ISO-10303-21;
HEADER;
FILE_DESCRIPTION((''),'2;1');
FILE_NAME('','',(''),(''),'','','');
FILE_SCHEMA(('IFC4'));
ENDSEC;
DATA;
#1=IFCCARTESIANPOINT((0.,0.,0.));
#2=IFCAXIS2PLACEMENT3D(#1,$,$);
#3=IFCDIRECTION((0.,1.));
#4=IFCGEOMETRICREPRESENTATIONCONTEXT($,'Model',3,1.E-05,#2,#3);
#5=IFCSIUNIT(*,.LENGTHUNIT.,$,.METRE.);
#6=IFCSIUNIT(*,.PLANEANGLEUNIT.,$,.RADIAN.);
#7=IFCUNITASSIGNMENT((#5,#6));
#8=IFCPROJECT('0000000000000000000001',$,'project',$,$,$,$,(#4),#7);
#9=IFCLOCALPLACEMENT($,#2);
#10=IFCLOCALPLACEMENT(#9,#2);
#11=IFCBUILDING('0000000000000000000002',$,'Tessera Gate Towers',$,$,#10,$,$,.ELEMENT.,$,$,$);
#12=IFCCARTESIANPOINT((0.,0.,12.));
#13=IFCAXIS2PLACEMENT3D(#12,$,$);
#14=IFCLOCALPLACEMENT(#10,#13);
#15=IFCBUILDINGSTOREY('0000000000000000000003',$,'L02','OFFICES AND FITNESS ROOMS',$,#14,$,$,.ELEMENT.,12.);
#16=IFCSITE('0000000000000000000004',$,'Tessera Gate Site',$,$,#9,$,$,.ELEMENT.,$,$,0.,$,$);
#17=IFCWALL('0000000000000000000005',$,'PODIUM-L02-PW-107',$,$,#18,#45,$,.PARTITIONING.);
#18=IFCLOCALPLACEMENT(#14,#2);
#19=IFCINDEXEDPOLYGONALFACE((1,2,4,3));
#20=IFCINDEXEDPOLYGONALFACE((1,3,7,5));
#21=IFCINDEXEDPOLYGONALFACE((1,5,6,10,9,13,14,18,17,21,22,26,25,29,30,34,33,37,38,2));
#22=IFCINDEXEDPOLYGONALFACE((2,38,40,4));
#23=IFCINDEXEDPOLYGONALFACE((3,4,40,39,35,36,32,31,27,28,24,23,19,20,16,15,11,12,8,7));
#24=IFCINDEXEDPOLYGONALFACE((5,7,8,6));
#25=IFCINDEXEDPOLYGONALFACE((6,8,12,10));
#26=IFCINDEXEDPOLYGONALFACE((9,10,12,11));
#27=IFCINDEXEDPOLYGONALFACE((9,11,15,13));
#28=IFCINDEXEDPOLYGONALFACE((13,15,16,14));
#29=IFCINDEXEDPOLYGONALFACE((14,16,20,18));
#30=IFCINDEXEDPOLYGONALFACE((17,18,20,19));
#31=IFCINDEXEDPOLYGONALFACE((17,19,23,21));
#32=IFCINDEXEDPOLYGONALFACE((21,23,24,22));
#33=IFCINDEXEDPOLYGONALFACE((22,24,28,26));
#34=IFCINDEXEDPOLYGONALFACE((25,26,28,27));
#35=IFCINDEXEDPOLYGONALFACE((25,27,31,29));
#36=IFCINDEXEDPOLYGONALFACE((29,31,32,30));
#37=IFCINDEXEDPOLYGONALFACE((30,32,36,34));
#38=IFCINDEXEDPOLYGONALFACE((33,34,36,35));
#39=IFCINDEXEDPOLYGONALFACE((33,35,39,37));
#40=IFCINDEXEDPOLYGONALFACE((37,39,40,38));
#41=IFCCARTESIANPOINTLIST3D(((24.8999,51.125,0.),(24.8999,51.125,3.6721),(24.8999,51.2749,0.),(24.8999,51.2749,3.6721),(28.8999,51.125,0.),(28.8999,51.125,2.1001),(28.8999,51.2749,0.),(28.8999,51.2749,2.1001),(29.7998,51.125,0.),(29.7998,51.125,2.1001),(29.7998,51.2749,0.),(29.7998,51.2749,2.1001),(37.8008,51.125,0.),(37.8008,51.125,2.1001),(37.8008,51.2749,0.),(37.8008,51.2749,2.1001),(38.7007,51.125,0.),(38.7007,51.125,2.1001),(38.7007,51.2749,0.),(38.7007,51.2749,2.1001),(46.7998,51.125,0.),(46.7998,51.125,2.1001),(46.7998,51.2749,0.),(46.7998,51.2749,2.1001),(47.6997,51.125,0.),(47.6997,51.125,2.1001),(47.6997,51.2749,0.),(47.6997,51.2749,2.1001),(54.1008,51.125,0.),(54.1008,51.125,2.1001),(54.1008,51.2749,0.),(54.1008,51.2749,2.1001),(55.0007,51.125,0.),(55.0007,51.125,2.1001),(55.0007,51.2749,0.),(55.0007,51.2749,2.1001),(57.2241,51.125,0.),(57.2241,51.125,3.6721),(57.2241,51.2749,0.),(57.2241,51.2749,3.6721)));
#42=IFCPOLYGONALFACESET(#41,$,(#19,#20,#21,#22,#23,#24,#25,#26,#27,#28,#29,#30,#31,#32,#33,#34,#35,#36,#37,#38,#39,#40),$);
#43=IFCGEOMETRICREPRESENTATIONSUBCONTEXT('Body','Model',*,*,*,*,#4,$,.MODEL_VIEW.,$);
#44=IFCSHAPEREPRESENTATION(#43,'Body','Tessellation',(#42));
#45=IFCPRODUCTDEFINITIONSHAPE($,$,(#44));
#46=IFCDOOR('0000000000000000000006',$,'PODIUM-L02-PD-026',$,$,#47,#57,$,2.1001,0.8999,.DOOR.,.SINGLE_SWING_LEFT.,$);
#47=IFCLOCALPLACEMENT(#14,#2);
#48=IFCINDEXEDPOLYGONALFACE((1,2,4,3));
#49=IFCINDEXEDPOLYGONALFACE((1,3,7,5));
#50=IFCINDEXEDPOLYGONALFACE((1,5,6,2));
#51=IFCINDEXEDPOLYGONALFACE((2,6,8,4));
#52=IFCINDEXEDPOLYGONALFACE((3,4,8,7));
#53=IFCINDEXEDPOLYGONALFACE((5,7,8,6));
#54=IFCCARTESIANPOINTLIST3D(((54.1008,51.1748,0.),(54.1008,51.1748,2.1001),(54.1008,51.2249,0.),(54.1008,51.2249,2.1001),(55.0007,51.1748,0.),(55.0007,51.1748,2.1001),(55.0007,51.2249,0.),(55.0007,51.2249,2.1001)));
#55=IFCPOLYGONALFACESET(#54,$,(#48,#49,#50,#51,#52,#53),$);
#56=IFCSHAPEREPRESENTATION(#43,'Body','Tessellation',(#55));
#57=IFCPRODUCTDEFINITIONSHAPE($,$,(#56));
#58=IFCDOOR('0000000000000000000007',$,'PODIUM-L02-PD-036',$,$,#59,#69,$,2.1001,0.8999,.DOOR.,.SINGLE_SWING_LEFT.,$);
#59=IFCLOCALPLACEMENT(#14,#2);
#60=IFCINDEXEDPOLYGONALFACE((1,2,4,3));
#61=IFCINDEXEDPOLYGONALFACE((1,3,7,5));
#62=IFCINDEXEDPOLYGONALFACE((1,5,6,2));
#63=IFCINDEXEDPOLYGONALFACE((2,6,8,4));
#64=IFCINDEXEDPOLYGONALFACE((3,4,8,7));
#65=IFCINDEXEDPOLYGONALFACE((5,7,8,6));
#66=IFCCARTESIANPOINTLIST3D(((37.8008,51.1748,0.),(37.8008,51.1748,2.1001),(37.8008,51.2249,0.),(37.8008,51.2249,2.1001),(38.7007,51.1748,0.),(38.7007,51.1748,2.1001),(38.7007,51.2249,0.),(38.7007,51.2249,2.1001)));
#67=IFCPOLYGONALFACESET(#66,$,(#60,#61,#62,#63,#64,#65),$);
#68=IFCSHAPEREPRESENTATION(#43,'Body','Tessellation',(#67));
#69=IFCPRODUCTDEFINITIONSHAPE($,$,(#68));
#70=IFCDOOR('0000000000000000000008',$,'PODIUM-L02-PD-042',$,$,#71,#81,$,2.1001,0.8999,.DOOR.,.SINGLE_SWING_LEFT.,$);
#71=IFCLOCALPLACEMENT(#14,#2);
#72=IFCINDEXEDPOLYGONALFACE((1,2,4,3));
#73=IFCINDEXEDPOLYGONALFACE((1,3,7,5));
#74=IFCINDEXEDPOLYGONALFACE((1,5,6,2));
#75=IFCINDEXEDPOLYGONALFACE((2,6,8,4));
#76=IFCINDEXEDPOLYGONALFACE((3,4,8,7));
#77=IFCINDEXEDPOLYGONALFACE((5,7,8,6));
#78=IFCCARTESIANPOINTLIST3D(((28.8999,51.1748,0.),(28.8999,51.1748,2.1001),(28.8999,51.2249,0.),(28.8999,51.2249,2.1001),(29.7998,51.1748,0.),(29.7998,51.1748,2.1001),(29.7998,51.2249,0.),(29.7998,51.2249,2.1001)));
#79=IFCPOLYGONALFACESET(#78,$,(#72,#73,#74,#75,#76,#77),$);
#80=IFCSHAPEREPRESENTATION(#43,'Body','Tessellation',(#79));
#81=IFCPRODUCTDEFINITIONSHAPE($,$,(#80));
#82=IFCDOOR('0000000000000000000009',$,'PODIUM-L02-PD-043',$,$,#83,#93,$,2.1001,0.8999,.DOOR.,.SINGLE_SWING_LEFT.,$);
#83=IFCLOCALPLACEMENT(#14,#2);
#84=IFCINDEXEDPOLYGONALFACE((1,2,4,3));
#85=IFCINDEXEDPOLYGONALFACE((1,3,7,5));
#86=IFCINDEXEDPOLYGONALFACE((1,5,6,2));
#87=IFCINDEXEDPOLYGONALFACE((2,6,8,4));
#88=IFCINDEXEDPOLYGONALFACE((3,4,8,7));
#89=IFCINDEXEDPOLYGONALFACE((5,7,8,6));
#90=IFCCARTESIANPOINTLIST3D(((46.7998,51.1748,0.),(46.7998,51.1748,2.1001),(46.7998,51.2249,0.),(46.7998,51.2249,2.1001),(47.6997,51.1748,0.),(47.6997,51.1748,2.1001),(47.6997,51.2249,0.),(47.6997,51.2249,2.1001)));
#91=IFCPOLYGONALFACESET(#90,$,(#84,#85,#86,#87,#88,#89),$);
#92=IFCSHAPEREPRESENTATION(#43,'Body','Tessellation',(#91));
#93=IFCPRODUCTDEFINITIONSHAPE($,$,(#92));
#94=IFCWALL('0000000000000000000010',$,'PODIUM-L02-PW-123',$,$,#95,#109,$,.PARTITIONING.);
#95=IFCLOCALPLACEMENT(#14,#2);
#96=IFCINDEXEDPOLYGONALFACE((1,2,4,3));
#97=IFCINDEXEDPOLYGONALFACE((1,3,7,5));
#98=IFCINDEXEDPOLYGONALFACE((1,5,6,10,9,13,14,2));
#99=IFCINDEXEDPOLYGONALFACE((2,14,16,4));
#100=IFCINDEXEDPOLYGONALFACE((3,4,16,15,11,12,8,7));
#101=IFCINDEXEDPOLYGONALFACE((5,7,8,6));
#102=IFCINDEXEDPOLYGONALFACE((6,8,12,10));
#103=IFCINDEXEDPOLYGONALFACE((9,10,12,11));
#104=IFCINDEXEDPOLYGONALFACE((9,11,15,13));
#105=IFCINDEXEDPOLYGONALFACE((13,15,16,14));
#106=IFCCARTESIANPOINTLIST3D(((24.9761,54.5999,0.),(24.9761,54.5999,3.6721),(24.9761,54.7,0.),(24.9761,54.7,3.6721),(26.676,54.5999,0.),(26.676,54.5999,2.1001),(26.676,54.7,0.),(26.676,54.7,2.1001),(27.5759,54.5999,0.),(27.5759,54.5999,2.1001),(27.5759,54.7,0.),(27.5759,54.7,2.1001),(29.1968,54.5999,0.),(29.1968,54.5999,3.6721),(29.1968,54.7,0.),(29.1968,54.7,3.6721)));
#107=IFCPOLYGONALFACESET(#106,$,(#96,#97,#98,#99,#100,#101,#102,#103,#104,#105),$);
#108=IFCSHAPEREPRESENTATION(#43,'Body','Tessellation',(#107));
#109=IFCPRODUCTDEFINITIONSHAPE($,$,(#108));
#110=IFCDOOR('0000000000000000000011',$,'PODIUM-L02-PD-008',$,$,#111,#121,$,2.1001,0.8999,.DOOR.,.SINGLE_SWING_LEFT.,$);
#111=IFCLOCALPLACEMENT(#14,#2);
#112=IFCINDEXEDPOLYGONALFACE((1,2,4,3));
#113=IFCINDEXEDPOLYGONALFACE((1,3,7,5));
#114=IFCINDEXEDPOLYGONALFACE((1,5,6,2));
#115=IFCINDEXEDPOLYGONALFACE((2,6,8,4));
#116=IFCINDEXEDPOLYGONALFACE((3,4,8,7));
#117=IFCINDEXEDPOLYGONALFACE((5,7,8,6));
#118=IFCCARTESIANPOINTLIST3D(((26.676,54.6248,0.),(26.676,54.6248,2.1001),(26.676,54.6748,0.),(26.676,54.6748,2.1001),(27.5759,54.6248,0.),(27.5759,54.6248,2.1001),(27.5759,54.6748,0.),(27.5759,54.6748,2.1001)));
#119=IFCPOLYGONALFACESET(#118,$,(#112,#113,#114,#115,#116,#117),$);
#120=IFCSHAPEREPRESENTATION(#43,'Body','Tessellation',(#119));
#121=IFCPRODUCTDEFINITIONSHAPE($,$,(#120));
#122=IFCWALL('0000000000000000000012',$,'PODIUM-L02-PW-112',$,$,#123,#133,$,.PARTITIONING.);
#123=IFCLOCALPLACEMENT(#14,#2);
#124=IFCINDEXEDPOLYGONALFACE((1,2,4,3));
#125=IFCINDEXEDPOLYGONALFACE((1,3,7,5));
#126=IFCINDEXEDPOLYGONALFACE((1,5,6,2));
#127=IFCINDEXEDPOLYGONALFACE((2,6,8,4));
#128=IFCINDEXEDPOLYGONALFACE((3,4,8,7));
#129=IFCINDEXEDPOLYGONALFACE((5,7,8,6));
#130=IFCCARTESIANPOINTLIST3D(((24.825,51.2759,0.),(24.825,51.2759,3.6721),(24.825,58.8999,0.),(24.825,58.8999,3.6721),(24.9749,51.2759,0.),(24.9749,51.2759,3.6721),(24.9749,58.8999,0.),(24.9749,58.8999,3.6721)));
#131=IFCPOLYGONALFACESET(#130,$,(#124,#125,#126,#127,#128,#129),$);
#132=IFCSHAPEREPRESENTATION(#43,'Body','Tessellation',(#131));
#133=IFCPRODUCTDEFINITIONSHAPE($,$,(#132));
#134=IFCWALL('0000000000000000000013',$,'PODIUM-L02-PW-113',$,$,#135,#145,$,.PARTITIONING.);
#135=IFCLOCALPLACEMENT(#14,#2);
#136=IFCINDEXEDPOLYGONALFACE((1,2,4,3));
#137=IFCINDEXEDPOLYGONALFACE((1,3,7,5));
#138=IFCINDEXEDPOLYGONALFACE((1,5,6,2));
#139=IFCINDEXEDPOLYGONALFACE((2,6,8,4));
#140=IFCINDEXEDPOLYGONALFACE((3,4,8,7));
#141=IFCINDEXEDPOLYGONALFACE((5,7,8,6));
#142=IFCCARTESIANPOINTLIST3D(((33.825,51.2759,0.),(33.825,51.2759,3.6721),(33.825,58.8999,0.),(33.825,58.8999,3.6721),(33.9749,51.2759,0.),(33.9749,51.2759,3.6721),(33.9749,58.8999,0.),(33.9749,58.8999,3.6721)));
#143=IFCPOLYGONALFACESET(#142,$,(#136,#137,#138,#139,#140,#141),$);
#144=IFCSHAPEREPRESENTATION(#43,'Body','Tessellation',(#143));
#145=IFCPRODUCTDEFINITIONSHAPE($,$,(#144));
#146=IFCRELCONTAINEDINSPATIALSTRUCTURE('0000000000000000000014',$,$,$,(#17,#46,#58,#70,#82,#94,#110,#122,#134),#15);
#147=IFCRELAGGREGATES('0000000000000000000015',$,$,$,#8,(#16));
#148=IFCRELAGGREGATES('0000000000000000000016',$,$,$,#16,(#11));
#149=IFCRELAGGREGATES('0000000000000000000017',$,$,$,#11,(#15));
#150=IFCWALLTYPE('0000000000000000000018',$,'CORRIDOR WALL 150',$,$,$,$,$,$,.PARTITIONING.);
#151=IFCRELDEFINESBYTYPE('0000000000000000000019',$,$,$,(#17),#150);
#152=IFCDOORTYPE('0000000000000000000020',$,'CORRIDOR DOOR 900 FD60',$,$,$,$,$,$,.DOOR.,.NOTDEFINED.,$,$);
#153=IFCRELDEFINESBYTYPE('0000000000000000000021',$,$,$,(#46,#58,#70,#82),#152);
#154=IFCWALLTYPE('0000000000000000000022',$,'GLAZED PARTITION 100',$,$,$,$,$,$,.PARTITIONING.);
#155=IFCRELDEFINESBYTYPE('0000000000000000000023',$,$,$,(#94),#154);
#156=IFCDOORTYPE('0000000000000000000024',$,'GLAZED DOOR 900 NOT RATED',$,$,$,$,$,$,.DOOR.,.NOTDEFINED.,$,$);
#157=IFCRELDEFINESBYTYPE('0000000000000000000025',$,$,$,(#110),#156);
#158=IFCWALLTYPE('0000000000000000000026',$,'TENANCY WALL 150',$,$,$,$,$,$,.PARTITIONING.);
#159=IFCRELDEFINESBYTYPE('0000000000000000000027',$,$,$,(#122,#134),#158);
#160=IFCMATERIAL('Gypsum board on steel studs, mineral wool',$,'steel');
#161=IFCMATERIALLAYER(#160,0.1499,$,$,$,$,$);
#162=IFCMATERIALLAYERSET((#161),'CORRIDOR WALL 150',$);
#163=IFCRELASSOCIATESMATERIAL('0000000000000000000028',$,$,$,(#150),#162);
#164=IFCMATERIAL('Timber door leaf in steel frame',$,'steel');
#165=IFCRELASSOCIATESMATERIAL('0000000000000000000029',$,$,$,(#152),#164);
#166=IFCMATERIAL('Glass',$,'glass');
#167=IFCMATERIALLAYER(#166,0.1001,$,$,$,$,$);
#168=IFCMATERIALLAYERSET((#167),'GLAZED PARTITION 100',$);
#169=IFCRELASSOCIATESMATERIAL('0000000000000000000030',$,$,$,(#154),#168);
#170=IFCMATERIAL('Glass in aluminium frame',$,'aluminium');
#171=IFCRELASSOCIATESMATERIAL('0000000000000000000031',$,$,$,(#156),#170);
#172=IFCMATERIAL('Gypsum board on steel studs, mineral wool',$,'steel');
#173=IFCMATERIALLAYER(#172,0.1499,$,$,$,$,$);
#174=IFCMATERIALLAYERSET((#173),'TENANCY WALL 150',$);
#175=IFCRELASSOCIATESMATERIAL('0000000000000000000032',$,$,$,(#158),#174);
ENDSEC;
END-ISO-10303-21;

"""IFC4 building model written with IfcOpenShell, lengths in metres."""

from ifc_helpers import new_model, si_unit, direction, frame, frame_2d, origin, place, context, subcontext, project, spatial, rectangle, extrude, source, transform, mapped, material, layer, layer_set, type_object, element, fill, save


model = new_model("IFC4")

# Units and contexts
model_context = context("Model", 3, precision=1e-05, world=origin(), true_north=direction((0.0, 1.0)))
body_context = subcontext(model_context, "Body", "Model", "MODEL_VIEW")
ifc_project = project(units=[si_unit("LENGTHUNIT", "METRE"), si_unit("PLANEANGLEUNIT", "RADIAN")], contexts=[model_context])

# Site, building, storey
site_placement = place(None, origin())
site = spatial("IfcSite", under=ifc_project, at=site_placement, Name="Tessera Gate Site", CompositionType="ELEMENT", RefElevation=0.0)
building_placement = place(site_placement, origin())
building = spatial("IfcBuilding", under=site, at=building_placement, Name="Tessera Gate Towers", CompositionType="ELEMENT")
storey_placement = place(building_placement, frame((0.0, 0.0, 12.0)))
storey = spatial("IfcBuildingStorey", under=building, at=storey_placement, Name="L02", Description="OFFICES AND FITNESS ROOMS", CompositionType="ELEMENT", Elevation=12.0)

# Shared definitions
shared_shape_1 = source(origin(), body_context, "Body", "SweptSolid", [
    extrude(rectangle(XDim=0.8999, YDim=2.1001, at=frame_2d((0.45, 1.05))), frame((0.0, 0.0249, 0.0), z_axis=(0.0, -1.0, 0.0), x_axis=(1.0, 0.0, 0.0)), (0.0, 0.0, 1.0), 0.05),
])

# Shared definitions
ifc_material_1 = material(Name="Gypsum board on steel studs, mineral wool", Category="steel")
ifc_layer_1 = layer(ifc_material_1, 0.1499)
ifc_layer_set_1 = layer_set([ifc_layer_1], Name="CORRIDOR WALL 150")
wall_type_1 = type_object("IfcWallType", Name="CORRIDOR WALL 150", PredefinedType="PARTITIONING", material=ifc_layer_set_1)

# Wall, openings, doors
wall_1_placement = place(storey_placement, frame((24.8999, 51.2, 0.0), z_axis=(0.0, 0.0, 1.0), x_axis=(1.0, 0.0, 0.0)))
wall_1 = element("IfcWall", 1, at=wall_1_placement, inside=storey, type_object=wall_type_1, Name="PODIUM-L02-PW-107", PredefinedType="PARTITIONING", context=body_context, shape_type="SweptSolid", body=[
    extrude(rectangle(XDim=32.3242, YDim=0.1499, at=frame_2d((16.1621, 0.0))), origin(), (0.0, 0.0, 1.0), 3.6721),
])
shared_shape_2 = source(origin(), body_context, "Body", "SweptSolid", [
    extrude(rectangle(XDim=0.8999, YDim=2.1001, at=frame_2d((0.45, 1.05))), frame((0.0, 0.085, 0.0), z_axis=(0.0, -1.0, 0.0), x_axis=(1.0, 0.0, 0.0)), (0.0, 0.0, 1.0), 0.1699),
])
opening_1_placement = place(wall_1_placement, frame((29.2009, 0.0, 0.0)))
opening_1 = element("IfcOpeningElement", 2, at=opening_1_placement, cuts=wall_1, PredefinedType="OPENING", context=body_context, shape_type="MappedRepresentation", body=[
    mapped(shared_shape_2, transform((0.0, 0.0, 0.0), scale=1.0)),
])
opening_2_placement = place(wall_1_placement, frame((12.9009, 0.0, 0.0)))
opening_2 = element("IfcOpeningElement", 3, at=opening_2_placement, cuts=wall_1, PredefinedType="OPENING", context=body_context, shape_type="MappedRepresentation", body=[
    mapped(shared_shape_2, transform((0.0, 0.0, 0.0), scale=1.0)),
])
opening_3_placement = place(wall_1_placement, frame((4.0, 0.0, 0.0)))
opening_3 = element("IfcOpeningElement", 4, at=opening_3_placement, cuts=wall_1, PredefinedType="OPENING", context=body_context, shape_type="MappedRepresentation", body=[
    mapped(shared_shape_2, transform((0.0, 0.0, 0.0), scale=1.0)),
])
opening_4_placement = place(wall_1_placement, frame((21.8999, 0.0, 0.0)))
opening_4 = element("IfcOpeningElement", 5, at=opening_4_placement, cuts=wall_1, PredefinedType="OPENING", context=body_context, shape_type="MappedRepresentation", body=[
    mapped(shared_shape_2, transform((0.0, 0.0, 0.0), scale=1.0)),
])
ifc_material_2 = material(Name="Timber door leaf in steel frame", Category="steel")
door_type_1 = type_object("IfcDoorType", Name="CORRIDOR DOOR 900 FD60", OperationType="NOTDEFINED", PredefinedType="DOOR", material=ifc_material_2)
door_1_placement = place(opening_1_placement, origin())
door_1 = element("IfcDoor", 6, at=door_1_placement, inside=storey, type_object=door_type_1, Name="PODIUM-L02-PD-026", OperationType="SINGLE_SWING_LEFT", OverallHeight=2.1001, OverallWidth=0.8999, PredefinedType="DOOR", context=body_context, shape_type="MappedRepresentation", body=[
    mapped(shared_shape_1, transform((0.0, 0.0, 0.0), scale=1.0)),
])
fill(opening_1, door_1)
door_2_placement = place(opening_2_placement, origin())
door_2 = element("IfcDoor", 7, at=door_2_placement, inside=storey, type_object=door_type_1, Name="PODIUM-L02-PD-036", OperationType="SINGLE_SWING_LEFT", OverallHeight=2.1001, OverallWidth=0.8999, PredefinedType="DOOR", context=body_context, shape_type="MappedRepresentation", body=[
    mapped(shared_shape_1, transform((0.0, 0.0, 0.0), scale=1.0)),
])
fill(opening_2, door_2)
door_3_placement = place(opening_3_placement, origin())
door_3 = element("IfcDoor", 8, at=door_3_placement, inside=storey, type_object=door_type_1, Name="PODIUM-L02-PD-042", OperationType="SINGLE_SWING_LEFT", OverallHeight=2.1001, OverallWidth=0.8999, PredefinedType="DOOR", context=body_context, shape_type="MappedRepresentation", body=[
    mapped(shared_shape_1, transform((0.0, 0.0, 0.0), scale=1.0)),
])
fill(opening_3, door_3)
door_4_placement = place(opening_4_placement, origin())
door_4 = element("IfcDoor", 9, at=door_4_placement, inside=storey, type_object=door_type_1, Name="PODIUM-L02-PD-043", OperationType="SINGLE_SWING_LEFT", OverallHeight=2.1001, OverallWidth=0.8999, PredefinedType="DOOR", context=body_context, shape_type="MappedRepresentation", body=[
    mapped(shared_shape_1, transform((0.0, 0.0, 0.0), scale=1.0)),
])
fill(opening_4, door_4)

# Wall, opening, door
ifc_material_3 = material(Name="Glass", Category="glass")
ifc_layer_2 = layer(ifc_material_3, 0.1001)
ifc_layer_set_2 = layer_set([ifc_layer_2], Name="GLAZED PARTITION 100")
wall_type_2 = type_object("IfcWallType", Name="GLAZED PARTITION 100", PredefinedType="PARTITIONING", material=ifc_layer_set_2)
wall_2_placement = place(storey_placement, frame((24.9761, 54.6499, 0.0), z_axis=(0.0, 0.0, 1.0), x_axis=(1.0, 0.0, 0.0)))
wall_2 = element("IfcWall", 10, at=wall_2_placement, inside=storey, type_object=wall_type_2, Name="PODIUM-L02-PW-123", PredefinedType="PARTITIONING", context=body_context, shape_type="SweptSolid", body=[
    extrude(rectangle(XDim=4.2207, YDim=0.1001, at=frame_2d((2.1104, 0.0))), origin(), (0.0, 0.0, 1.0), 3.6721),
])
shared_shape_3 = source(origin(), body_context, "Body", "SweptSolid", [
    extrude(rectangle(XDim=0.8999, YDim=2.1001, at=frame_2d((0.45, 1.05))), frame((0.0, 0.0601, 0.0), z_axis=(0.0, -1.0, 0.0), x_axis=(1.0, 0.0, 0.0)), (0.0, 0.0, 1.0), 0.1201),
])
opening_5_placement = place(wall_2_placement, frame((1.7, 0.0, 0.0)))
opening_5 = element("IfcOpeningElement", 11, at=opening_5_placement, cuts=wall_2, PredefinedType="OPENING", context=body_context, shape_type="MappedRepresentation", body=[
    mapped(shared_shape_3, transform((0.0, 0.0, 0.0), scale=1.0)),
])
ifc_material_4 = material(Name="Glass in aluminium frame", Category="aluminium")
door_type_2 = type_object("IfcDoorType", Name="GLAZED DOOR 900 NOT RATED", OperationType="NOTDEFINED", PredefinedType="DOOR", material=ifc_material_4)
door_5_placement = place(opening_5_placement, origin())
door_5 = element("IfcDoor", 12, at=door_5_placement, inside=storey, type_object=door_type_2, Name="PODIUM-L02-PD-008", OperationType="SINGLE_SWING_LEFT", OverallHeight=2.1001, OverallWidth=0.8999, PredefinedType="DOOR", context=body_context, shape_type="MappedRepresentation", body=[
    mapped(shared_shape_1, transform((0.0, 0.0, 0.0), scale=1.0)),
])
fill(opening_5, door_5)

# Walls
ifc_material_5 = material(Name="Gypsum board on steel studs, mineral wool", Category="steel")
ifc_layer_3 = layer(ifc_material_5, 0.1499)
ifc_layer_set_3 = layer_set([ifc_layer_3], Name="TENANCY WALL 150")
wall_type_3 = type_object("IfcWallType", Name="TENANCY WALL 150", PredefinedType="PARTITIONING", material=ifc_layer_set_3)
for number, where, z_axis, x_axis, name in (
    (13, (24.8999, 51.2759, 0.0), (0.0, 0.0, 1.0), (0.0, 1.0, 0.0), "PODIUM-L02-PW-112"),
    (14, (33.8999, 51.2759, 0.0), (0.0, 0.0, 1.0), (0.0, 1.0, 0.0), "PODIUM-L02-PW-113"),
):
    element("IfcWall", number, at=place(storey_placement, frame(where, z_axis=z_axis, x_axis=x_axis)), inside=storey, type_object=wall_type_3, Name=name, PredefinedType="PARTITIONING", context=body_context, shape_type="SweptSolid", body=[
        extrude(rectangle(XDim=7.624, YDim=0.1499, at=frame_2d((3.812, 0.0))), origin(), (0.0, 0.0, 1.0), 3.6721),
    ])

save(model, "model.ifc")
